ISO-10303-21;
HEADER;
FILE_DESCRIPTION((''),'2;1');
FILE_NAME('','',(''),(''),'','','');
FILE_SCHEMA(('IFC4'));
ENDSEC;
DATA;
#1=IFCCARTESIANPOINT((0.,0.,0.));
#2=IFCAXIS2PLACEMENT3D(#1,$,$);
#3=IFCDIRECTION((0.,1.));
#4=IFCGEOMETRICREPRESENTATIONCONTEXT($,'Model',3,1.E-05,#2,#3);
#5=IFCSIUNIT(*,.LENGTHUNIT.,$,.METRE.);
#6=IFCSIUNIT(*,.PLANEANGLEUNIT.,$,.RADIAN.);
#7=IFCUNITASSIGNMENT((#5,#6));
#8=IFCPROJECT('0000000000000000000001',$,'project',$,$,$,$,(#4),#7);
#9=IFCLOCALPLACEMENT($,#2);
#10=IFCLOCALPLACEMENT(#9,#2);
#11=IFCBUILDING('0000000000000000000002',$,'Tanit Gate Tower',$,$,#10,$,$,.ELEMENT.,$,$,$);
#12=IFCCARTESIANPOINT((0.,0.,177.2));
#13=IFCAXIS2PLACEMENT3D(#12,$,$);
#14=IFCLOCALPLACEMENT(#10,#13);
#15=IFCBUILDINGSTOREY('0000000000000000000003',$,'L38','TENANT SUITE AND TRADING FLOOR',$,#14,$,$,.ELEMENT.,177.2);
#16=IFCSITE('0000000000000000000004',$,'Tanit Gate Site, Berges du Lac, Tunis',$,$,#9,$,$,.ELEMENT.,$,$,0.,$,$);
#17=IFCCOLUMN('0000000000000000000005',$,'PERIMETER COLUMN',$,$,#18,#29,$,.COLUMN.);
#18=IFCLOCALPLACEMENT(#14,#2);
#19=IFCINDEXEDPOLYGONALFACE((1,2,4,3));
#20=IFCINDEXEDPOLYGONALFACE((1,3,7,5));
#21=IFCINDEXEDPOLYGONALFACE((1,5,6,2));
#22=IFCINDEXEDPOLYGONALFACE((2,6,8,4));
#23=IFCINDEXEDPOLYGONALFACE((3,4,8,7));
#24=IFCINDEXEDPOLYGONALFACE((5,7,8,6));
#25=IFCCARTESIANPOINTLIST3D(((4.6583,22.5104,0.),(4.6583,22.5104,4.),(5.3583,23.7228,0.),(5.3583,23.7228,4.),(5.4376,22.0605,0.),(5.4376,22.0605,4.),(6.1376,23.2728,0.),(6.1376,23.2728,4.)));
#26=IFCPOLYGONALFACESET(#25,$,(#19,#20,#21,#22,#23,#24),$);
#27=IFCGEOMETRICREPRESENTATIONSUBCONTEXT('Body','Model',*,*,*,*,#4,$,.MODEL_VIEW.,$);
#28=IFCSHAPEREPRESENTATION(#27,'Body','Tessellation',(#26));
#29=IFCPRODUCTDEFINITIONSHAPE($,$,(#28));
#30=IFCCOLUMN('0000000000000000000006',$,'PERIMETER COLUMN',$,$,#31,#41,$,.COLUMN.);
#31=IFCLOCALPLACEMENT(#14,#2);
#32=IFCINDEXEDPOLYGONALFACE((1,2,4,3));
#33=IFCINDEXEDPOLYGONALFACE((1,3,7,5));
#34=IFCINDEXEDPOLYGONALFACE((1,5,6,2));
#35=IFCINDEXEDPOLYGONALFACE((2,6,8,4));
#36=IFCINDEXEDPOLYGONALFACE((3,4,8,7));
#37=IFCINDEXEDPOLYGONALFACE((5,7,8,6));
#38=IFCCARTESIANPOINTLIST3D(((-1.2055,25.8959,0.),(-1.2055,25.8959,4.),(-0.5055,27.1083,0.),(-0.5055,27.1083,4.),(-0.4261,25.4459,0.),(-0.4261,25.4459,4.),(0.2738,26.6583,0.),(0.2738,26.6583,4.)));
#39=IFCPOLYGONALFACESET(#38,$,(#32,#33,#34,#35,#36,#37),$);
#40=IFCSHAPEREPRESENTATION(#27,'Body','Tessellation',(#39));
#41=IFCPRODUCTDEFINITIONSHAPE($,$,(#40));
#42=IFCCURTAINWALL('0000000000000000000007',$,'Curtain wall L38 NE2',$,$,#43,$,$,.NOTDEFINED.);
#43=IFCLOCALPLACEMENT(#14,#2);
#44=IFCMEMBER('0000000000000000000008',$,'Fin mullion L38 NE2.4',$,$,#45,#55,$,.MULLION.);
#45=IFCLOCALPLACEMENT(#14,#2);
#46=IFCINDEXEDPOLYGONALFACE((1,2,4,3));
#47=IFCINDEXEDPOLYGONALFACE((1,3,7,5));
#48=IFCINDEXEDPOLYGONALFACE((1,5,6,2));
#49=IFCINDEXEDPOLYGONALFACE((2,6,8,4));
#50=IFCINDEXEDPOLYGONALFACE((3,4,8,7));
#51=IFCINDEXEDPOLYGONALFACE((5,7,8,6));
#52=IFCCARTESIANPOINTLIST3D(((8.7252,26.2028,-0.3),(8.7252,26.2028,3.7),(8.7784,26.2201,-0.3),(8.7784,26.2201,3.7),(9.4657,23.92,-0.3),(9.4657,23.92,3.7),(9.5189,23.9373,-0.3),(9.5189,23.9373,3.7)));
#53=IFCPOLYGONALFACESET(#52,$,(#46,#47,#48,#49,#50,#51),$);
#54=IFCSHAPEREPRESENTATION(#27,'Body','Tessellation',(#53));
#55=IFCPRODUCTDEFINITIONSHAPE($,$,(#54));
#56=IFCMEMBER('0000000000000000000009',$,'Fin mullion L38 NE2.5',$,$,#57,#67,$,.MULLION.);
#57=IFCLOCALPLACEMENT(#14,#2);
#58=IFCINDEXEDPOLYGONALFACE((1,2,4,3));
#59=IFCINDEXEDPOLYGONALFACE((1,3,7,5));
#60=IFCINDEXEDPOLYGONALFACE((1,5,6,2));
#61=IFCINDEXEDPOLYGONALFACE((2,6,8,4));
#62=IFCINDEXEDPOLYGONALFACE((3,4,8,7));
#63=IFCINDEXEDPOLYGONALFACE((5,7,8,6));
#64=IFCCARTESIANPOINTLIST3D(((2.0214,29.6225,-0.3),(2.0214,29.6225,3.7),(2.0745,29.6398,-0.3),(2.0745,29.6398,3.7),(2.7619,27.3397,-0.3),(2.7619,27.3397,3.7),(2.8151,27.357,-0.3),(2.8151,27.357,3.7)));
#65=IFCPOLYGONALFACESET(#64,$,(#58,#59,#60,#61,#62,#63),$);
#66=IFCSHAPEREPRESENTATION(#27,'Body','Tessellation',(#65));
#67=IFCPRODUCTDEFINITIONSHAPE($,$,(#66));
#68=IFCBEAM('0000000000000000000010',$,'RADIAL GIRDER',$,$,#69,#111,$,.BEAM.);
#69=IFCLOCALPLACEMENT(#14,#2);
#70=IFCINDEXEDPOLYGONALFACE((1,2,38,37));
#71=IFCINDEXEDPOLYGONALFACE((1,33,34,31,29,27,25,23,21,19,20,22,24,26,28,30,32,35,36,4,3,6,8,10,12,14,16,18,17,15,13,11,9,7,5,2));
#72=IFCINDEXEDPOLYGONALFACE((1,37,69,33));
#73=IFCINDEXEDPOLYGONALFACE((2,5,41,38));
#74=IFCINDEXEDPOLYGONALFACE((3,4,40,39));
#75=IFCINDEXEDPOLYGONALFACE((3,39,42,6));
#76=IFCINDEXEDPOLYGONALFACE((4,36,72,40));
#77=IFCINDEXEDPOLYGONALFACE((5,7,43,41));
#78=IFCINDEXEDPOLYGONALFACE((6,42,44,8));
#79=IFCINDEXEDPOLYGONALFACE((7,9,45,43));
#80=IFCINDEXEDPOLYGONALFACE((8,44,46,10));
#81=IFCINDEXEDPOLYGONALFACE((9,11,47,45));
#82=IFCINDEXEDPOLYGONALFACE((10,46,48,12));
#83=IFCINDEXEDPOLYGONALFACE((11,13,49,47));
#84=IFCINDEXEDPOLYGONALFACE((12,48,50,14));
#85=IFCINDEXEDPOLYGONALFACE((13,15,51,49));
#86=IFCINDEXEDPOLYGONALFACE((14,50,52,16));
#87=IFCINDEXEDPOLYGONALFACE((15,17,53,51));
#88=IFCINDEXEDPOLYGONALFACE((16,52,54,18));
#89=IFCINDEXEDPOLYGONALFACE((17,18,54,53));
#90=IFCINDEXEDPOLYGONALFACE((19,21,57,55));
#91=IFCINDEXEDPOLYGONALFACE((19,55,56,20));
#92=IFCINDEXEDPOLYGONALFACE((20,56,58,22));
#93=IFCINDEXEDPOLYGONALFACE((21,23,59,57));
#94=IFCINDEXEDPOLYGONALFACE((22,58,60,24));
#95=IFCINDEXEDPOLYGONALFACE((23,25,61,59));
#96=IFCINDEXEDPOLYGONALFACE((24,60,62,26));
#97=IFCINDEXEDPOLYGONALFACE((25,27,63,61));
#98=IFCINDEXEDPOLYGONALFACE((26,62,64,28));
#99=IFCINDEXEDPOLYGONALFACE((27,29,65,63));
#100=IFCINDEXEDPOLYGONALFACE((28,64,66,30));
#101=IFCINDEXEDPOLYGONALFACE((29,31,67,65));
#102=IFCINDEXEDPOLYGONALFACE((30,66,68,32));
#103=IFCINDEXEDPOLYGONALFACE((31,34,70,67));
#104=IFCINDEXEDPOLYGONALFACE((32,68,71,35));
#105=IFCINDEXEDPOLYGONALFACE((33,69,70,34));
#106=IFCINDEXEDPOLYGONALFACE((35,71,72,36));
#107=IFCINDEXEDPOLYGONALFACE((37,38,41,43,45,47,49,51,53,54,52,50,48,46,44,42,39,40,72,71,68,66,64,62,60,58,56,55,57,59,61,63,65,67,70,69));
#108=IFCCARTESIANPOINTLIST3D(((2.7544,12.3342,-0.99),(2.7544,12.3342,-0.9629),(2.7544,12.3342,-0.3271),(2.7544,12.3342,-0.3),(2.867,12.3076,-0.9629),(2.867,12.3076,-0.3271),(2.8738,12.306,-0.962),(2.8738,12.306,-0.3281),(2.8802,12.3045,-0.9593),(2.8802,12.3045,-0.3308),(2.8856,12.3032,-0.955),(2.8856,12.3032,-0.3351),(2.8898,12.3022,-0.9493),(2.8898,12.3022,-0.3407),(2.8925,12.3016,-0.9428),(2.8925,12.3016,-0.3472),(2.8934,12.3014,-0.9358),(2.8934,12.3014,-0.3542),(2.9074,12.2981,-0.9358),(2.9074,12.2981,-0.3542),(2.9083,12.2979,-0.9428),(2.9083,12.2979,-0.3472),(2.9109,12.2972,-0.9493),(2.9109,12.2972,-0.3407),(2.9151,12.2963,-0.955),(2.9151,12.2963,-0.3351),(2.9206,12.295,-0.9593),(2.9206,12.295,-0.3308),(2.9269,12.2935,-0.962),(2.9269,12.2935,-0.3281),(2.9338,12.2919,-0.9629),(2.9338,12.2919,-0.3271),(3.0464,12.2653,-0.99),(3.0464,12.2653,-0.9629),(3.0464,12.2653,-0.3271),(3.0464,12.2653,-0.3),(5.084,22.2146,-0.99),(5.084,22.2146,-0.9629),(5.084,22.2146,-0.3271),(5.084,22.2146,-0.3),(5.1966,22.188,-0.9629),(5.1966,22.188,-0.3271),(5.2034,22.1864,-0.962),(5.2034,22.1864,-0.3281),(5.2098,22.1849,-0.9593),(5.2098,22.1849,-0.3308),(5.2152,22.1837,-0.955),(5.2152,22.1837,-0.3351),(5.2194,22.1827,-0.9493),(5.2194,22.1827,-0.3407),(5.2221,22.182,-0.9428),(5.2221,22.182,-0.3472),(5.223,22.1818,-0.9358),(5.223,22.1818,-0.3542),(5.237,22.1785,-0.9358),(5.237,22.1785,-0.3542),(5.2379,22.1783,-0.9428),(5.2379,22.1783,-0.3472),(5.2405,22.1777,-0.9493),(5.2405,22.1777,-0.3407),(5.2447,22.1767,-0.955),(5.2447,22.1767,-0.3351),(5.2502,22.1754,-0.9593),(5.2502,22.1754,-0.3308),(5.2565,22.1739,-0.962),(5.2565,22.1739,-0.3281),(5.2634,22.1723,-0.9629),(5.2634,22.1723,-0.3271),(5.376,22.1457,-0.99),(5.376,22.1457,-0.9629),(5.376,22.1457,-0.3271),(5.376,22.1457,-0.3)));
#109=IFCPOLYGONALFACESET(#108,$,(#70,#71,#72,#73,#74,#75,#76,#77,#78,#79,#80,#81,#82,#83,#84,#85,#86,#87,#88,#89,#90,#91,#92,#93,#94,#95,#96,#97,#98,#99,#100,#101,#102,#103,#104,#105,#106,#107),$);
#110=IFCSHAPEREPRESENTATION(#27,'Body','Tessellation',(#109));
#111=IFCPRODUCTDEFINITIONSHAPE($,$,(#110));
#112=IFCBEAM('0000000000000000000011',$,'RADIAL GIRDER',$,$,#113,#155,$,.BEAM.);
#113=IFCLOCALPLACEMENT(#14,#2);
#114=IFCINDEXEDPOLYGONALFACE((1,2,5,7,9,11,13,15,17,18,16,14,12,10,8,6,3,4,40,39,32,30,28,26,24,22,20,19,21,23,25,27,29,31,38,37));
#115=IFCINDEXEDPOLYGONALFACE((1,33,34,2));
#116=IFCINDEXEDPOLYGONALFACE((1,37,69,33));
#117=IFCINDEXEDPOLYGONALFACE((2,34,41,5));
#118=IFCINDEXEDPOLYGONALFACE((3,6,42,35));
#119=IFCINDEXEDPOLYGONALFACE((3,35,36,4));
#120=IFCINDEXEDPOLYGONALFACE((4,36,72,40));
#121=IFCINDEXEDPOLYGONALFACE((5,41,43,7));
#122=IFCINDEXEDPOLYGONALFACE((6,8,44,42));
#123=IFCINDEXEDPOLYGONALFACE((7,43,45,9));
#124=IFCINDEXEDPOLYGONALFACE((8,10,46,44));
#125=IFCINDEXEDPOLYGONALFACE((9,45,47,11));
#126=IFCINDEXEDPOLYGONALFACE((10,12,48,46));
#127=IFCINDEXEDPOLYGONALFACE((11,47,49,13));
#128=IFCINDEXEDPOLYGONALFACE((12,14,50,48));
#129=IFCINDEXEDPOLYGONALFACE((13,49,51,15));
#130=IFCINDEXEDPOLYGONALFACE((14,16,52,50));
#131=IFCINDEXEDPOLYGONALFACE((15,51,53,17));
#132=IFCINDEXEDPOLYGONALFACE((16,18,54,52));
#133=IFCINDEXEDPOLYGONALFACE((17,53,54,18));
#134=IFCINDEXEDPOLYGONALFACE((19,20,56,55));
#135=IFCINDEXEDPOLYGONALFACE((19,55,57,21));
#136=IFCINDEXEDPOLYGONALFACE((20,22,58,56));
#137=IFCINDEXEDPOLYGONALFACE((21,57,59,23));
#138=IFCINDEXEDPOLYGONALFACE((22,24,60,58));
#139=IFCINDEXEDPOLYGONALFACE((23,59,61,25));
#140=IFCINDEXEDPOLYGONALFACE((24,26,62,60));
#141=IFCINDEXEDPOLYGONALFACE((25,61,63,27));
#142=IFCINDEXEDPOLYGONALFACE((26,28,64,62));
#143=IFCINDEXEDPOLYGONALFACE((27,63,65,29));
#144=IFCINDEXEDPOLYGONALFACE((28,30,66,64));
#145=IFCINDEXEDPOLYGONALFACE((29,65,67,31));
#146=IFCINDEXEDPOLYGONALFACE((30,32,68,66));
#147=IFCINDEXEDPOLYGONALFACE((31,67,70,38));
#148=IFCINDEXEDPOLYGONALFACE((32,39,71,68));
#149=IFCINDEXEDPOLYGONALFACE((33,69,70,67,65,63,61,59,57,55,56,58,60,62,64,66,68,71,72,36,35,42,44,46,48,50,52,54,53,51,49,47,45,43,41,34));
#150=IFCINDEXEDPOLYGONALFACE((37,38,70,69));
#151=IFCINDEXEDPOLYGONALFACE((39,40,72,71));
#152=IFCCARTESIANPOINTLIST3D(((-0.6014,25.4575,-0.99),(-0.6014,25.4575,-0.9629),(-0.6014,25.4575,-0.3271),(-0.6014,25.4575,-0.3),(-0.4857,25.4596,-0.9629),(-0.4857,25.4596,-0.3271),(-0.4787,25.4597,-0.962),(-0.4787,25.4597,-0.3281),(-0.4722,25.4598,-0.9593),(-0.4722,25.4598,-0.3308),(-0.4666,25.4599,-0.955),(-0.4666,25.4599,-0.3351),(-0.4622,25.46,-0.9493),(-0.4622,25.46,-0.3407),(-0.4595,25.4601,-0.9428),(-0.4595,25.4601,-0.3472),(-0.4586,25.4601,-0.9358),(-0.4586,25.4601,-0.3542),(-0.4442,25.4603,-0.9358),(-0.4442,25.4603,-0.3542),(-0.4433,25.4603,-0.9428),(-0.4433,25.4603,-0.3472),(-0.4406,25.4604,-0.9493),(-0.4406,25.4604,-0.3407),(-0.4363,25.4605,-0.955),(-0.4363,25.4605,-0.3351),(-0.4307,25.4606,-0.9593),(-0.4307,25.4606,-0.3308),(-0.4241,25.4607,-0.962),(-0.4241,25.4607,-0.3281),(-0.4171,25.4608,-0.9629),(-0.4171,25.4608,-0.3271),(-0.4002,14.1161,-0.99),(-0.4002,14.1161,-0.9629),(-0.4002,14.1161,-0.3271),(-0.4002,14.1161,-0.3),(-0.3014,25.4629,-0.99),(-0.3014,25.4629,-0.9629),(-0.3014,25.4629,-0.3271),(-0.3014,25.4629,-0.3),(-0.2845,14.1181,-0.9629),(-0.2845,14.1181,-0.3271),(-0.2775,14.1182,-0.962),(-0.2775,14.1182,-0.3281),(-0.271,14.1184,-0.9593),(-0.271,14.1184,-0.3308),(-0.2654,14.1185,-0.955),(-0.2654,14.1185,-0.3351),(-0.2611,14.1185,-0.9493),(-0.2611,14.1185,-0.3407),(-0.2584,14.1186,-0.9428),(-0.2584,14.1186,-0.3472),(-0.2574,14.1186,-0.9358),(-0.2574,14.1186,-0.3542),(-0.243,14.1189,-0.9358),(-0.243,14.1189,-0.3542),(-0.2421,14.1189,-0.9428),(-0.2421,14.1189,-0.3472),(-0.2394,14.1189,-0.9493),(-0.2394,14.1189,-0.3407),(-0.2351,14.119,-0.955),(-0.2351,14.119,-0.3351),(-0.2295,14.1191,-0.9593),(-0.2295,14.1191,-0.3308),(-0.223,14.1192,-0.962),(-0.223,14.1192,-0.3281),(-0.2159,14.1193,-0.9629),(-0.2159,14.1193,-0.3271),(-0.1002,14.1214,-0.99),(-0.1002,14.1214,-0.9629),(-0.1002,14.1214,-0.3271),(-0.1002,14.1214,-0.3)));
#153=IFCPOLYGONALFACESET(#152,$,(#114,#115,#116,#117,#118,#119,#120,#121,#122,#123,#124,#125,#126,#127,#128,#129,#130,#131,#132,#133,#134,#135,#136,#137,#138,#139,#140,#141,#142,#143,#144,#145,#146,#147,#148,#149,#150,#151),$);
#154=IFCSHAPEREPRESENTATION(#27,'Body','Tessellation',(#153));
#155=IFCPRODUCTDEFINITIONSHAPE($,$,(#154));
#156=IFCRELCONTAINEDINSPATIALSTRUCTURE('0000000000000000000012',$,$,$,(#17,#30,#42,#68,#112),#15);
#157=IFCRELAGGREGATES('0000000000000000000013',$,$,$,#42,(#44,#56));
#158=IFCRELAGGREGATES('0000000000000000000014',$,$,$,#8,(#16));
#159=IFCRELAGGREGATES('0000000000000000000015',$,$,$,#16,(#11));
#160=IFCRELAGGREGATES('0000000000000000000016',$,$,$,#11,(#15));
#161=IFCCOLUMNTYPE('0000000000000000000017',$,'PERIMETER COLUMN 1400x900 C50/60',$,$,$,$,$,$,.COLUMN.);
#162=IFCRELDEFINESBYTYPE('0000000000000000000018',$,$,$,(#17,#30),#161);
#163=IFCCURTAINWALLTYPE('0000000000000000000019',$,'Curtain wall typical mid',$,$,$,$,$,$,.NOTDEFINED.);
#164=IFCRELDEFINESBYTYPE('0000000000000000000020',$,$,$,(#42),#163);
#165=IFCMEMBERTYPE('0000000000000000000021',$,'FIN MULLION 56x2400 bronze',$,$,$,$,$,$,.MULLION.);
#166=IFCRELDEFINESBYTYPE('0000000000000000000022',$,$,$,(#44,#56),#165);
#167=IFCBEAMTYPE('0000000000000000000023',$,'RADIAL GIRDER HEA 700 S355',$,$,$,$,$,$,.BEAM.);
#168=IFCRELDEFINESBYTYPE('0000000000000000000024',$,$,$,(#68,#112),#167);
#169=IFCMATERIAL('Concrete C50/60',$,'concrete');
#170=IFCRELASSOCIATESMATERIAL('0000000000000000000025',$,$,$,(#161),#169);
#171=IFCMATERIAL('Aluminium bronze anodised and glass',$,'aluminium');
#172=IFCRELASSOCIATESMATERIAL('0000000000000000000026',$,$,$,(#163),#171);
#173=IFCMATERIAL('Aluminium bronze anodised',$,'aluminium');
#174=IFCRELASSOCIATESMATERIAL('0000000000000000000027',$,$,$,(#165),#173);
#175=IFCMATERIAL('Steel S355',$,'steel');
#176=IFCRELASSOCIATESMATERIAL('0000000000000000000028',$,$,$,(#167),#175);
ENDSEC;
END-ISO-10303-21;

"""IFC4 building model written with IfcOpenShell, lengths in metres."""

from ifc_helpers import new_model, si_unit, direction, frame, origin, origin_2d, place, context, subcontext, project, spatial, rectangle, i_section, extrude, material, material_profile, profile_set, type_object, element, aggregate, save


model = new_model("IFC4")

# Units and contexts
model_context = context("Model", 3, precision=1e-05, world=origin(), true_north=direction((0.0, 1.0)))
body_context = subcontext(model_context, "Body", "Model", "MODEL_VIEW")
ifc_project = project(units=[si_unit("LENGTHUNIT", "METRE"), si_unit("PLANEANGLEUNIT", "RADIAN")], contexts=[model_context])

# Site, building, storey
site_placement = place(None, origin())
site = spatial("IfcSite", under=ifc_project, at=site_placement, Name="Tanit Gate Site, Berges du Lac, Tunis", CompositionType="ELEMENT", RefElevation=0.0)
building_placement = place(site_placement, origin())
building = spatial("IfcBuilding", under=site, at=building_placement, Name="Tanit Gate Tower", CompositionType="ELEMENT")
storey_placement = place(building_placement, frame((0.0, 0.0, 177.2)))
storey = spatial("IfcBuildingStorey", under=building, at=storey_placement, Name="L38", Description="TENANT SUITE AND TRADING FLOOR", CompositionType="ELEMENT", Elevation=177.2)

# Columns
ifc_material_1 = material(Name="Concrete C50/60", Category="concrete")
ifc_material_profile_1 = material_profile(ifc_material_1, rectangle(XDim=1.3999, YDim=0.8999, at=origin_2d()), Name="RC 1400x900")
ifc_profile_set_1 = profile_set([ifc_material_profile_1], Name="Concrete C50/60")
column_type = type_object("IfcColumnType", Name="PERIMETER COLUMN 1400x900 C50/60", PredefinedType="COLUMN", material=ifc_profile_set_1)
for number, where, z_axis, x_axis, name in (
    (1, (5.3979, 22.8916, 0.0), (0.0, 0.0, 1.0), (0.5, 0.866025, 0.0), "PERIMETER COLUMN"),
    (2, (-0.4658, 26.2771, 0.0), (0.0, 0.0, 1.0), (0.5, 0.866025, 0.0), "PERIMETER COLUMN"),
):
    element("IfcColumn", number, at=place(storey_placement, frame(where, z_axis=z_axis, x_axis=x_axis)), inside=storey, type_object=column_type, Name=name, PredefinedType="COLUMN", context=body_context, shape_type="SweptSolid", body=[
        extrude(rectangle(XDim=1.3999, YDim=0.8999, at=origin_2d()), origin(), (0.0, 0.0, 1.0), 4.0),
    ])

# Curtain wall, members
ifc_material_2 = material(Name="Aluminium bronze anodised and glass", Category="aluminium")
curtain_wall_type = type_object("IfcCurtainWallType", Name="Curtain wall typical mid", PredefinedType="NOTDEFINED", material=ifc_material_2)
curtain_wall_placement = place(storey_placement, origin())
curtain_wall = element("IfcCurtainWall", 3, at=curtain_wall_placement, inside=storey, type_object=curtain_wall_type, Name="Curtain wall L38 NE2", PredefinedType="NOTDEFINED")
ifc_material_3 = material(Name="Aluminium bronze anodised", Category="aluminium")
ifc_material_profile_2 = material_profile(ifc_material_3, rectangle(XDim=2.3999, YDim=0.0559, at=origin_2d()), Name="56x2400 bronze fin mullion")
ifc_profile_set_2 = profile_set([ifc_material_profile_2], Name="Aluminium bronze anodised")
member_type_1 = type_object("IfcMemberType", Name="FIN MULLION 56x2400 bronze", PredefinedType="MULLION", material=ifc_profile_set_2)
member_1_placement = place(storey_placement, frame((9.1221, 25.0701, -0.3), z_axis=(0.0, 0.0, 1.0), x_axis=(0.308568, -0.951202, 0.0)))
member_1 = element("IfcMember", 4, at=member_1_placement, type_object=member_type_1, Name="Fin mullion L38 NE2.4", PredefinedType="MULLION", context=body_context, shape_type="SweptSolid", body=[
    extrude(rectangle(XDim=2.3999, YDim=0.0559, at=origin_2d()), origin(), (0.0, 0.0, 1.0), 4.0),
])
member_2_placement = place(storey_placement, frame((2.4182, 28.4897, -0.3), z_axis=(0.0, 0.0, 1.0), x_axis=(0.308568, -0.951202, 0.0)))
member_2 = element("IfcMember", 5, at=member_2_placement, type_object=member_type_1, Name="Fin mullion L38 NE2.5", PredefinedType="MULLION", context=body_context, shape_type="SweptSolid", body=[
    extrude(rectangle(XDim=2.3999, YDim=0.0559, at=origin_2d()), origin(), (0.0, 0.0, 1.0), 4.0),
])

# Beams
ifc_material_4 = material(Name="Steel S355", Category="steel")
ifc_material_profile_3 = material_profile(ifc_material_4, i_section(OverallWidth=0.3, OverallDepth=0.6899, WebThickness=0.0144, FlangeThickness=0.0271, FilletRadius=0.0271, at=origin_2d()), Name="HEA 700")
ifc_profile_set_3 = profile_set([ifc_material_profile_3], Name="Steel S355")
beam_type_1 = type_object("IfcBeamType", Name="RADIAL GIRDER HEA 700 S355", PredefinedType="BEAM", material=ifc_profile_set_3)
beam_1_placement = place(storey_placement, frame((5.23, 22.1802, -0.645), z_axis=(-0.229487, -0.973312, 0.0), x_axis=(0.973312, -0.229487, 0.0)))
element("IfcBeam", 6, at=beam_1_placement, inside=storey, type_object=beam_type_1, Name="RADIAL GIRDER", PredefinedType="BEAM", context=body_context, shape_type="SweptSolid", body=[
    extrude(i_section(OverallWidth=0.3, OverallDepth=0.6899, WebThickness=0.0144, FlangeThickness=0.0271, FilletRadius=0.0271, at=origin_2d()), origin(), (0.0, 0.0, 1.0), 10.1514),
])
beam_2_placement = place(storey_placement, frame((-0.4514, 25.4602, -0.645), z_axis=(0.017735, -0.999843, 0.0), x_axis=(0.999843, 0.017735, 0.0)))
element("IfcBeam", 7, at=beam_2_placement, inside=storey, type_object=beam_type_1, Name="RADIAL GIRDER", PredefinedType="BEAM", context=body_context, shape_type="SweptSolid", body=[
    extrude(i_section(OverallWidth=0.3, OverallDepth=0.6899, WebThickness=0.0144, FlangeThickness=0.0271, FilletRadius=0.0271, at=origin_2d()), origin(), (0.0, 0.0, 1.0), 11.3433),
])

aggregate(curtain_wall, [member_1, member_2])

save(model, "model.ifc")
